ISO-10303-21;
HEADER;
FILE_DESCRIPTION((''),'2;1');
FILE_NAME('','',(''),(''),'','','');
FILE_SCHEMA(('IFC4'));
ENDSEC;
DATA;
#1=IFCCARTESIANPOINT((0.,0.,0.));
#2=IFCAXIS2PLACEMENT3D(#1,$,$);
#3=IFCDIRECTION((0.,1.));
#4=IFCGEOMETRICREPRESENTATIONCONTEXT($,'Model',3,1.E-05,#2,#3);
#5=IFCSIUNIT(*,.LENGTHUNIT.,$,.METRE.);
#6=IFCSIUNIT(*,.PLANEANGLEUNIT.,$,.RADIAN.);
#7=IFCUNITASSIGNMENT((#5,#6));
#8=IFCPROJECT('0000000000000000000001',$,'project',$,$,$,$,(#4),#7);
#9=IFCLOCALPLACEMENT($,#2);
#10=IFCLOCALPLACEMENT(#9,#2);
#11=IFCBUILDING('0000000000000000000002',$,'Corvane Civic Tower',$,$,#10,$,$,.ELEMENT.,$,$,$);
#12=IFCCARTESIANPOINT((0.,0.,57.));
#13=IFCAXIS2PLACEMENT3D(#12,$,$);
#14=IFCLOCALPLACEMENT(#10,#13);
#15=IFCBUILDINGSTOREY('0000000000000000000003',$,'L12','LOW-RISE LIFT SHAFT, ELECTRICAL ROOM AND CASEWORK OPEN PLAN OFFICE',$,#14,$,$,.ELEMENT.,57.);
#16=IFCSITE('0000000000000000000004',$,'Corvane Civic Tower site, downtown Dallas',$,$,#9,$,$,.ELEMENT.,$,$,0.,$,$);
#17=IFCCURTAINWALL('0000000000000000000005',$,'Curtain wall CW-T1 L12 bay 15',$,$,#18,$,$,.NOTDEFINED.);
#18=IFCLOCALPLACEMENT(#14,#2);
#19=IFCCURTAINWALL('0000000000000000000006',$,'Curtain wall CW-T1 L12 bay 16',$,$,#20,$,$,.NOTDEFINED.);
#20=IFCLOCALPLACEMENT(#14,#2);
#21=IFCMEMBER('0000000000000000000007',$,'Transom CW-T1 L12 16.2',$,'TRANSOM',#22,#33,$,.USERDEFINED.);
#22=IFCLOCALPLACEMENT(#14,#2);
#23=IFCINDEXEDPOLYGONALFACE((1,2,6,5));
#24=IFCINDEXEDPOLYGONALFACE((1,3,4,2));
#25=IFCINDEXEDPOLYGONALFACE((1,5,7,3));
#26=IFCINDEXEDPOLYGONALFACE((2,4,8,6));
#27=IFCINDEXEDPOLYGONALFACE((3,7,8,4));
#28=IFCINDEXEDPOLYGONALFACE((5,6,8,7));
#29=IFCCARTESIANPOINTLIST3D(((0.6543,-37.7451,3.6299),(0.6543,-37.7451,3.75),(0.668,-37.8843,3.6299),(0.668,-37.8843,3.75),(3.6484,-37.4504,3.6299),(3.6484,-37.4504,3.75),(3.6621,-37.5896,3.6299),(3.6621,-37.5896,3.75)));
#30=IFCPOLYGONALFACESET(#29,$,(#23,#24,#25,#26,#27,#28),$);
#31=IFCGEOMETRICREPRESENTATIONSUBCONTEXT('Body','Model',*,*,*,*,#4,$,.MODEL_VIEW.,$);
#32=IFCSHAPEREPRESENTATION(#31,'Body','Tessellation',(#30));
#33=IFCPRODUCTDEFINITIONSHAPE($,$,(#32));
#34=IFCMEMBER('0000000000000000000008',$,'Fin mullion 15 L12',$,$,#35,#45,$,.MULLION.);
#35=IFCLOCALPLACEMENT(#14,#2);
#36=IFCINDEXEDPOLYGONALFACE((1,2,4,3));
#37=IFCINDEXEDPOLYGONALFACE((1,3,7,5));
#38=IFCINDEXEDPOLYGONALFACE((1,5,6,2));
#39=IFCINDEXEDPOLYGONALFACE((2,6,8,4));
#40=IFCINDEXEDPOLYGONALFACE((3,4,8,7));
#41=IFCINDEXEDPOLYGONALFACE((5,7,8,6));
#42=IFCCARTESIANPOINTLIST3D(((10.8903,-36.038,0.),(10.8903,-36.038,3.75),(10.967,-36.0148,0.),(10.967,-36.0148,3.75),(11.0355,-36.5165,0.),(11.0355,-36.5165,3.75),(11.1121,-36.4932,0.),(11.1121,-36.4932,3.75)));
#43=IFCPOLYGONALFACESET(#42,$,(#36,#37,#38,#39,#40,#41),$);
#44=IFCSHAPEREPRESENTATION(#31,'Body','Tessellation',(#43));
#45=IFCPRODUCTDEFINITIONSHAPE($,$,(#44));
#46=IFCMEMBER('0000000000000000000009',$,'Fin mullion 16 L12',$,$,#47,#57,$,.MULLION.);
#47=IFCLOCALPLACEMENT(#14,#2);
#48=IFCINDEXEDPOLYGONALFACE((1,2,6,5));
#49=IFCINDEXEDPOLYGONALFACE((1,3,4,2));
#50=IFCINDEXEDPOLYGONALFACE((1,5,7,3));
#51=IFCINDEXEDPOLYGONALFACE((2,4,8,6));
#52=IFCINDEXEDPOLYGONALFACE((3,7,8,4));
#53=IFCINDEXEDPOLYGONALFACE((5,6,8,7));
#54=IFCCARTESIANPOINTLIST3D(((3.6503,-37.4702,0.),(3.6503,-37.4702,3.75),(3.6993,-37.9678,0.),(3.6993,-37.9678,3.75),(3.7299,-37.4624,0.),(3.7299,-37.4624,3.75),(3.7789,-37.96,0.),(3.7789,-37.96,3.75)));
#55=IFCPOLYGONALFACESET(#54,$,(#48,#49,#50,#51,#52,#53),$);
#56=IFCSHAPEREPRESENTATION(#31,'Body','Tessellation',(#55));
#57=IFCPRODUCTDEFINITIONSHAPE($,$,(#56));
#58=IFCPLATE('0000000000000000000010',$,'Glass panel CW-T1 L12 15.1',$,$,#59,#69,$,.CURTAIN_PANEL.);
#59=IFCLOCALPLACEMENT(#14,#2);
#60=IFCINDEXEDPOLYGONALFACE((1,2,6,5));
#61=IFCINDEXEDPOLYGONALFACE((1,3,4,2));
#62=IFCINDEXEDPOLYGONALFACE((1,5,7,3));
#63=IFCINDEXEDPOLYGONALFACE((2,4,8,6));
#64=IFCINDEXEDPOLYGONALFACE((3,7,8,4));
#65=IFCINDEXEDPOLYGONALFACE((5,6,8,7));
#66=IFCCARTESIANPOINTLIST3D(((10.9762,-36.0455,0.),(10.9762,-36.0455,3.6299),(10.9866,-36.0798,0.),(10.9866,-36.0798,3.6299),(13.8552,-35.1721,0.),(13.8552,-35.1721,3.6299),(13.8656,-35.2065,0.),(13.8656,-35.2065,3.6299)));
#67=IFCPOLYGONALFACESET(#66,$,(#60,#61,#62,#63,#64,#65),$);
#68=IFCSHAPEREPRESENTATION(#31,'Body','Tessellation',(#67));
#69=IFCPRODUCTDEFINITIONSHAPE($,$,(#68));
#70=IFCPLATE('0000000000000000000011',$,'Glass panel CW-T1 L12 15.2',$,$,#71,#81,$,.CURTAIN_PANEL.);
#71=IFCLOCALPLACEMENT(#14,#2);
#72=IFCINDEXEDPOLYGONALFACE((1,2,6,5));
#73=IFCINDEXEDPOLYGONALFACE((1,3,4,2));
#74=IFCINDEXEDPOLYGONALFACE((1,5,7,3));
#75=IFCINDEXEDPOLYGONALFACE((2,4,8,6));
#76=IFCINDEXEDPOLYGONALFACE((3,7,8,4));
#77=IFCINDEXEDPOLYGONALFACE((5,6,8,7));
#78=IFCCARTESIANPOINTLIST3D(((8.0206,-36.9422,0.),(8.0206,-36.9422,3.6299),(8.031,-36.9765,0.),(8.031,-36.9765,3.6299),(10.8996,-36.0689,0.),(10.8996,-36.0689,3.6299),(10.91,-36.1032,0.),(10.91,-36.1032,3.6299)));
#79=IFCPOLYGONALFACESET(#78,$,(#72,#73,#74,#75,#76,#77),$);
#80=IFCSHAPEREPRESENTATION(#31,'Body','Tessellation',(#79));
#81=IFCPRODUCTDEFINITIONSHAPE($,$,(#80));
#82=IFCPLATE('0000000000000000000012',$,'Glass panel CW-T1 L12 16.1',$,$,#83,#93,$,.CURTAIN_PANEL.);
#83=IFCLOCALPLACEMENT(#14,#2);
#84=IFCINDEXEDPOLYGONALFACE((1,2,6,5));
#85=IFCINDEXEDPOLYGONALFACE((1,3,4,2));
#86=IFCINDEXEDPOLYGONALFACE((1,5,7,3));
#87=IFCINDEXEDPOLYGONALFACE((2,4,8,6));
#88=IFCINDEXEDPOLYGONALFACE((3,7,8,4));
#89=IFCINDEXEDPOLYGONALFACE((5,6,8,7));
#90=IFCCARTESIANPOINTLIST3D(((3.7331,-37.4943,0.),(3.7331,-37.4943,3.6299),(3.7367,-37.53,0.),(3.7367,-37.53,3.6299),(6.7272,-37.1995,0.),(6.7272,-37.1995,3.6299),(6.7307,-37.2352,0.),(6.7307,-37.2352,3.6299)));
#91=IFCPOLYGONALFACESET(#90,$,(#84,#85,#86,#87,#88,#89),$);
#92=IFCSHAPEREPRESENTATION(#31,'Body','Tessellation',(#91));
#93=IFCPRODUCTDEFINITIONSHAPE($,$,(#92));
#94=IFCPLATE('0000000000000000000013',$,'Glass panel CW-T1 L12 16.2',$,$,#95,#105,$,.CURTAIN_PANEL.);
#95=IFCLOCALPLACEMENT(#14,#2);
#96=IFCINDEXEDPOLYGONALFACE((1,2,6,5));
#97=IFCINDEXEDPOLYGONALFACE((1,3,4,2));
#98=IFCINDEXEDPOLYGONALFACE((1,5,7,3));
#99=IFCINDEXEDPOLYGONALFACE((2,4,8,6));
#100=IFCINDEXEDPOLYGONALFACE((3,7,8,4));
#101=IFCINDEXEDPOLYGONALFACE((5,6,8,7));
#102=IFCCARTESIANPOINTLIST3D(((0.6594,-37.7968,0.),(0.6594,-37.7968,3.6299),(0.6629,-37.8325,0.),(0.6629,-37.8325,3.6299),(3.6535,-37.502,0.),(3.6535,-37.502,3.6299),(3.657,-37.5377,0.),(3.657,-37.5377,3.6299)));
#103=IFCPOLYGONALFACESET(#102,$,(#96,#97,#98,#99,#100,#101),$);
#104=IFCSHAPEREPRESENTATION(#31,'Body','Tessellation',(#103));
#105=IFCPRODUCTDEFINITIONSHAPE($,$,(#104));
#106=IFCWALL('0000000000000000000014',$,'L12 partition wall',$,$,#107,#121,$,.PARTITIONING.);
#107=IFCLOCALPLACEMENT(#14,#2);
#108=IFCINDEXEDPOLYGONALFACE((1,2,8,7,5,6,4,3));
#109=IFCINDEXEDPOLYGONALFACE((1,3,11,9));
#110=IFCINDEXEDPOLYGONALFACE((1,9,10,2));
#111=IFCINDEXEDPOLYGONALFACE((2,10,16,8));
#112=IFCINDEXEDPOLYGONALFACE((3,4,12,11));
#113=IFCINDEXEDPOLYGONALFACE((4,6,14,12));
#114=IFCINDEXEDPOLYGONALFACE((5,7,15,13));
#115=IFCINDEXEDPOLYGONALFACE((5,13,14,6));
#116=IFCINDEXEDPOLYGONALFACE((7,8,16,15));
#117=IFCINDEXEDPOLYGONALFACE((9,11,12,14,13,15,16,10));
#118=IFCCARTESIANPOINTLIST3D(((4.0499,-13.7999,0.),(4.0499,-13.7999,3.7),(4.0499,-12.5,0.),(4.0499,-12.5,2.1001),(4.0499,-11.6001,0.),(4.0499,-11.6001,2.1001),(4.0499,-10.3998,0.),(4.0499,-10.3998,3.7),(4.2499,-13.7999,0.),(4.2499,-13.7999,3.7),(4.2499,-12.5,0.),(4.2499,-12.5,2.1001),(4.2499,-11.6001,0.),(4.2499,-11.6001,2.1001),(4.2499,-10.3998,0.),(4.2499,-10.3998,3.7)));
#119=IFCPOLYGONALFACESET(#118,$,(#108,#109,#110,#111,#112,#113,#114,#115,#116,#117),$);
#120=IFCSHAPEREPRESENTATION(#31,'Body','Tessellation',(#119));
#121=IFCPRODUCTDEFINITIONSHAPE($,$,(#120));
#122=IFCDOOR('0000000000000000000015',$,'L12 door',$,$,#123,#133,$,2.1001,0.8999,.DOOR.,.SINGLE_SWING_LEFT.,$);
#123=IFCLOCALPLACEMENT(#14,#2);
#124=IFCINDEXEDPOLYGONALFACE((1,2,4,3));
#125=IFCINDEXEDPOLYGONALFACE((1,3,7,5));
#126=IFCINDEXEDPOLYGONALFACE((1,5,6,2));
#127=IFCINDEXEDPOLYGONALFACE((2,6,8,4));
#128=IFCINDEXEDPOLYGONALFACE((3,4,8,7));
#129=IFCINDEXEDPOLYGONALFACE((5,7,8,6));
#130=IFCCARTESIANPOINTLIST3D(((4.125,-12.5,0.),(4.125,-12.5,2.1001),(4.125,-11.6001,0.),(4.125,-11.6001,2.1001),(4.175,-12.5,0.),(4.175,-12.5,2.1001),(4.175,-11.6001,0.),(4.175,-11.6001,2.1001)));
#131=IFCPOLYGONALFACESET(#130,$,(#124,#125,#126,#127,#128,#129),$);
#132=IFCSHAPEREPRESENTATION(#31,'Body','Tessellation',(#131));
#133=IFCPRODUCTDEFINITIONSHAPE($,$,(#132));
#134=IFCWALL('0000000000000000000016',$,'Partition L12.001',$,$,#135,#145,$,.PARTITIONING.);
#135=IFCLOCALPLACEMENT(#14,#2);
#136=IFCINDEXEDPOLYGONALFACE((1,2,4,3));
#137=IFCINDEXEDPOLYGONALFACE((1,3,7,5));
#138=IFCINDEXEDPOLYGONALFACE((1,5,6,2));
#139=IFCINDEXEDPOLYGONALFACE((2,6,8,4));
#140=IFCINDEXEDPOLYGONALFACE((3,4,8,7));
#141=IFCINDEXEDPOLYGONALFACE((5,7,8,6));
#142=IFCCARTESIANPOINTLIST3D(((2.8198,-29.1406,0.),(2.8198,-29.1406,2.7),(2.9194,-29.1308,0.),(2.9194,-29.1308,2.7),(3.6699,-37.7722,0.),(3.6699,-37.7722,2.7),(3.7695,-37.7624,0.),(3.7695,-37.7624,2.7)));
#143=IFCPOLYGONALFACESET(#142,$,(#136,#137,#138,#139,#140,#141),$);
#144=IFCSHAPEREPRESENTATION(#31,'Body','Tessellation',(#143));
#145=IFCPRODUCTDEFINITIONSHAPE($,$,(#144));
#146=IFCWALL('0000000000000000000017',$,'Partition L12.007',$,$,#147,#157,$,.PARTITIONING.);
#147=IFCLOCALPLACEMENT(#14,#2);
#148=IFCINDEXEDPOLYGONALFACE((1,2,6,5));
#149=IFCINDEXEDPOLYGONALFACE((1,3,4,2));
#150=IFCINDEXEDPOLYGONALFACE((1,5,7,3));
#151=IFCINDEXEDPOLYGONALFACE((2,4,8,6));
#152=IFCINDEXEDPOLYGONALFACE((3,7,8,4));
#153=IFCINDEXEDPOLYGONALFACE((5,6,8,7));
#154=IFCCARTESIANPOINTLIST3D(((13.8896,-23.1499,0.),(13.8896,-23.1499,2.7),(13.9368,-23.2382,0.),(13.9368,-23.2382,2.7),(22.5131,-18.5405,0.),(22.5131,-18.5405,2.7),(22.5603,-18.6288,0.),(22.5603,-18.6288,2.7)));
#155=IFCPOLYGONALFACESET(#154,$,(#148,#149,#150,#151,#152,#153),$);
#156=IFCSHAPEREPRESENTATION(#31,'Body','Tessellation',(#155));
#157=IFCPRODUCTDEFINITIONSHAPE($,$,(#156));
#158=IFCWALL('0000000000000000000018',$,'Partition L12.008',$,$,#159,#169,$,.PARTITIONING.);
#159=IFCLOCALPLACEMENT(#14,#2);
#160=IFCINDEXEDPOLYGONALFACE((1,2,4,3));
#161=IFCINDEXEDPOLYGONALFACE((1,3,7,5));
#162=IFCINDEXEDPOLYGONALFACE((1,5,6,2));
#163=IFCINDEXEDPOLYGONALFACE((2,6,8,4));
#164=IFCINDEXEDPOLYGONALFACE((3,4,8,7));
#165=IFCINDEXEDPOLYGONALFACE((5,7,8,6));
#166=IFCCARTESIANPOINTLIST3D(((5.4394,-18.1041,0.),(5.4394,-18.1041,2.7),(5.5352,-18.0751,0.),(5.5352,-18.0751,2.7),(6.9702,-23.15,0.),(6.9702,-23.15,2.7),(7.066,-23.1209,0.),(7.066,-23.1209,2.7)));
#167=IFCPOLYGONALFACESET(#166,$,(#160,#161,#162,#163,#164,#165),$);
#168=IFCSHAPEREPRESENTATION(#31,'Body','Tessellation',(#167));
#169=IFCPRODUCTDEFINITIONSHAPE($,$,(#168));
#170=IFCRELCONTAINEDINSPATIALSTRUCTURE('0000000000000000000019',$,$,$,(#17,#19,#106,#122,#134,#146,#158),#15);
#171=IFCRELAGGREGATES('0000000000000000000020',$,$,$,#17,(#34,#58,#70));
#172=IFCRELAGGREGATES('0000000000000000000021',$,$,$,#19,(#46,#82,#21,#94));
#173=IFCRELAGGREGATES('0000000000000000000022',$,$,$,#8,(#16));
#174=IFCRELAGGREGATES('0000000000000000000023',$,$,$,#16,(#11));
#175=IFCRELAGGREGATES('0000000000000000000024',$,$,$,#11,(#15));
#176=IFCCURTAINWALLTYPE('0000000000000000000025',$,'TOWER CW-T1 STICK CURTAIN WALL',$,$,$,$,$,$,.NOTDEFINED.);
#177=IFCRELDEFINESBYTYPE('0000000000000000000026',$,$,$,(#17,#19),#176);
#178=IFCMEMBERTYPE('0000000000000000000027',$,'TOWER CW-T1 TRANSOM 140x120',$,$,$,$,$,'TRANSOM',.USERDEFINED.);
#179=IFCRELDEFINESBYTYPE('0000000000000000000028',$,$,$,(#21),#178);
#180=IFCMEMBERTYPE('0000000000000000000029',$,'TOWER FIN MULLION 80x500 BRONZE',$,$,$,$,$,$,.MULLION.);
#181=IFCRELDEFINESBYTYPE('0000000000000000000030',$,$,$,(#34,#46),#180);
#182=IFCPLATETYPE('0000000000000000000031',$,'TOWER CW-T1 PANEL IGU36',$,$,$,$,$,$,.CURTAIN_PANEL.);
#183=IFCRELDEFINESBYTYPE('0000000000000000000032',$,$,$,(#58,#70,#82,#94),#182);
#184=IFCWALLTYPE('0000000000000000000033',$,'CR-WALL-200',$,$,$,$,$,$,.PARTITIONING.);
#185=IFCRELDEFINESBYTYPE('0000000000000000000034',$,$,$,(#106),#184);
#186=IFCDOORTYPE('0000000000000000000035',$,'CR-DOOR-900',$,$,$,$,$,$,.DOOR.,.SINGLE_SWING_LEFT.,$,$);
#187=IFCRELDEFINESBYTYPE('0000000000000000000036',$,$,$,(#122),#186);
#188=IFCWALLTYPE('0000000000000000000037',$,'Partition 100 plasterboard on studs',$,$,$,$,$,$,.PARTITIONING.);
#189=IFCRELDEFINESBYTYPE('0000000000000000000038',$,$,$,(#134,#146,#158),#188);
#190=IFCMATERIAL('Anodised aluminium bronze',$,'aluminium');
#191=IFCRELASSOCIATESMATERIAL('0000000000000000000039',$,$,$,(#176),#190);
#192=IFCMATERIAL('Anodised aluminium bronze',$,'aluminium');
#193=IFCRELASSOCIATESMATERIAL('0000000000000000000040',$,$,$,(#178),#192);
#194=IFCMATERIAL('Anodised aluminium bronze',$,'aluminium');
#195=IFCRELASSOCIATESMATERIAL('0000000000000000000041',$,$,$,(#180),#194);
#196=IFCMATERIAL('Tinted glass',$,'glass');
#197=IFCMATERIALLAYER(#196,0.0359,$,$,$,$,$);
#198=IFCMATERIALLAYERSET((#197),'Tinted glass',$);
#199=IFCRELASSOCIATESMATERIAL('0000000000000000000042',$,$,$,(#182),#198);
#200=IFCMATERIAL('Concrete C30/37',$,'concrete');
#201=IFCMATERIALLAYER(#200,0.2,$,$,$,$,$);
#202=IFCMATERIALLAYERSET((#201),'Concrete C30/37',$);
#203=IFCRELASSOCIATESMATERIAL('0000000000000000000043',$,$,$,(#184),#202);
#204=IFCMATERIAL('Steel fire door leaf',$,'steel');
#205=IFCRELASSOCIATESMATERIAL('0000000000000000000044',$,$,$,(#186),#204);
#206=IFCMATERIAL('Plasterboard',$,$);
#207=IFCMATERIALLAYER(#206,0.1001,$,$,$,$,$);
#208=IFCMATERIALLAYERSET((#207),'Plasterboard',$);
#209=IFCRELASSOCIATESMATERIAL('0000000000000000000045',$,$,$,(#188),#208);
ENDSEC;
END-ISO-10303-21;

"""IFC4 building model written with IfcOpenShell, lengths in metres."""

from ifc_helpers import new_model, si_unit, direction, frame, frame_2d, origin, origin_2d, place, context, subcontext, project, spatial, rectangle, extrude, material, layer, layer_set, material_profile, profile_set, type_object, element, fill, aggregate, save


model = new_model("IFC4")

# Units and contexts
model_context = context("Model", 3, precision=1e-05, world=origin(), true_north=direction((0.0, 1.0)))
body_context = subcontext(model_context, "Body", "Model", "MODEL_VIEW")
ifc_project = project(units=[si_unit("LENGTHUNIT", "METRE"), si_unit("PLANEANGLEUNIT", "RADIAN")], contexts=[model_context])

# Site, building, storey
site_placement = place(None, origin())
site = spatial("IfcSite", under=ifc_project, at=site_placement, Name="Corvane Civic Tower site, downtown Dallas", CompositionType="ELEMENT", RefElevation=0.0)
building_placement = place(site_placement, origin())
building = spatial("IfcBuilding", under=site, at=building_placement, Name="Corvane Civic Tower", CompositionType="ELEMENT")
storey_placement = place(building_placement, frame((0.0, 0.0, 57.0)))
storey = spatial("IfcBuildingStorey", under=building, at=storey_placement, Name="L12", Description="LOW-RISE LIFT SHAFT, ELECTRICAL ROOM AND CASEWORK OPEN PLAN OFFICE", CompositionType="ELEMENT", Elevation=57.0)

# Curtain walls, member
ifc_material_1 = material(Name="Anodised aluminium bronze", Category="aluminium")
curtain_wall_type = type_object("IfcCurtainWallType", Name="TOWER CW-T1 STICK CURTAIN WALL", PredefinedType="NOTDEFINED", material=ifc_material_1)
curtain_wall_1_placement = place(storey_placement, origin())
curtain_wall_1 = element("IfcCurtainWall", 1, at=curtain_wall_1_placement, inside=storey, type_object=curtain_wall_type, Name="Curtain wall CW-T1 L12 bay 15", PredefinedType="NOTDEFINED")
ifc_material_2 = material(Name="Anodised aluminium bronze", Category="aluminium")
ifc_material_profile_1 = material_profile(ifc_material_2, rectangle(XDim=0.1399, YDim=0.1201, at=origin_2d()), Name="TOWER CW-T1 TRANSOM 140x120")
ifc_profile_set_1 = profile_set([ifc_material_profile_1], Name="Anodised aluminium bronze")
member_type_1 = type_object("IfcMemberType", Name="TOWER CW-T1 TRANSOM 140x120", ElementType="TRANSOM", PredefinedType="USERDEFINED", material=ifc_profile_set_1)
curtain_wall_2_placement = place(storey_placement, origin())
curtain_wall_2 = element("IfcCurtainWall", 2, at=curtain_wall_2_placement, inside=storey, type_object=curtain_wall_type, Name="Curtain wall CW-T1 L12 bay 16", PredefinedType="NOTDEFINED")
member_1_placement = place(storey_placement, frame((3.6553, -37.52, 3.6899), z_axis=(-0.995192, -0.097945, 0.0), x_axis=(0.097945, -0.995192, 0.0)))
member_1 = element("IfcMember", 3, at=member_1_placement, type_object=member_type_1, Name="Transom CW-T1 L12 16.2", ObjectType="TRANSOM", PredefinedType="USERDEFINED", context=body_context, shape_type="SweptSolid", body=[
    extrude(rectangle(XDim=0.1399, YDim=0.1201, at=origin_2d()), origin(), (0.0, 0.0, 1.0), 3.0085),
])

# Members
ifc_material_3 = material(Name="Anodised aluminium bronze", Category="aluminium")
ifc_material_profile_2 = material_profile(ifc_material_3, rectangle(XDim=0.0801, YDim=0.5, at=origin_2d()), Name="TOWER FIN MULLION 80x500 BRONZE")
ifc_profile_set_2 = profile_set([ifc_material_profile_2], Name="Anodised aluminium bronze")
member_type_2 = type_object("IfcMemberType", Name="TOWER FIN MULLION 80x500 BRONZE", PredefinedType="MULLION", material=ifc_profile_set_2)
member_2_placement = place(storey_placement, frame((11.0012, -36.2656, 0.0), z_axis=(0.0, 0.0, 1.0), x_axis=(-0.956942, -0.290278, 0.0)))
member_2 = element("IfcMember", 4, at=member_2_placement, type_object=member_type_2, Name="Fin mullion 15 L12", PredefinedType="MULLION", context=body_context, shape_type="SweptSolid", body=[
    extrude(rectangle(XDim=0.0801, YDim=0.5, at=origin_2d()), origin(), (0.0, 0.0, 1.0), 3.75),
])
member_3_placement = place(storey_placement, frame((3.7146, -37.7151, 0.0), z_axis=(0.0, 0.0, 1.0), x_axis=(-0.995186, -0.098006, 0.0)))
member_3 = element("IfcMember", 5, at=member_3_placement, type_object=member_type_2, Name="Fin mullion 16 L12", PredefinedType="MULLION", context=body_context, shape_type="SweptSolid", body=[
    extrude(rectangle(XDim=0.0801, YDim=0.5, at=origin_2d()), origin(), (0.0, 0.0, 1.0), 3.75),
])

# Plates
ifc_material_4 = material(Name="Tinted glass", Category="glass")
ifc_layer_1 = layer(ifc_material_4, 0.0359)
ifc_layer_set_1 = layer_set([ifc_layer_1], Name="Tinted glass")
plate_type = type_object("IfcPlateType", Name="TOWER CW-T1 PANEL IGU36", PredefinedType="CURTAIN_PANEL", material=ifc_layer_set_1)
plate_1_placement = place(storey_placement, frame((12.4209, -35.626, 0.0), z_axis=(0.0, 0.0, 1.0), x_axis=(-0.956942, -0.290278, 0.0)))
plate_1 = element("IfcPlate", 6, at=plate_1_placement, type_object=plate_type, Name="Glass panel CW-T1 L12 15.1", PredefinedType="CURTAIN_PANEL", context=body_context, shape_type="SweptSolid", body=[
    extrude(rectangle(XDim=3.0085, YDim=0.0359, at=origin_2d()), origin(), (0.0, 0.0, 1.0), 3.6299),
])
plate_2_placement = place(storey_placement, frame((9.4653, -36.5227, 0.0), z_axis=(0.0, 0.0, 1.0), x_axis=(-0.956942, -0.290278, 0.0)))
plate_2 = element("IfcPlate", 7, at=plate_2_placement, type_object=plate_type, Name="Glass panel CW-T1 L12 15.2", PredefinedType="CURTAIN_PANEL", context=body_context, shape_type="SweptSolid", body=[
    extrude(rectangle(XDim=3.0085, YDim=0.0359, at=origin_2d()), origin(), (0.0, 0.0, 1.0), 3.6299),
])
aggregate(curtain_wall_1, [member_2, plate_1, plate_2])
plate_3_placement = place(storey_placement, frame((5.2319, -37.3647, 0.0), z_axis=(0.0, 0.0, 1.0), x_axis=(-0.995186, -0.098006, 0.0)))
plate_3 = element("IfcPlate", 8, at=plate_3_placement, type_object=plate_type, Name="Glass panel CW-T1 L12 16.1", PredefinedType="CURTAIN_PANEL", context=body_context, shape_type="SweptSolid", body=[
    extrude(rectangle(XDim=3.0085, YDim=0.0359, at=origin_2d()), origin(), (0.0, 0.0, 1.0), 3.6299),
])
plate_4_placement = place(storey_placement, frame((2.1582, -37.6672, 0.0), z_axis=(0.0, 0.0, 1.0), x_axis=(-0.995186, -0.098006, 0.0)))
plate_4 = element("IfcPlate", 9, at=plate_4_placement, type_object=plate_type, Name="Glass panel CW-T1 L12 16.2", PredefinedType="CURTAIN_PANEL", context=body_context, shape_type="SweptSolid", body=[
    extrude(rectangle(XDim=3.0085, YDim=0.0359, at=origin_2d()), origin(), (0.0, 0.0, 1.0), 3.6299),
])
aggregate(curtain_wall_2, [member_3, plate_3, member_1, plate_4])

# Wall, opening, door
ifc_material_5 = material(Name="Concrete C30/37", Category="concrete")
ifc_layer_2 = layer(ifc_material_5, 0.2)
ifc_layer_set_2 = layer_set([ifc_layer_2], Name="Concrete C30/37")
wall_type_1 = type_object("IfcWallType", Name="CR-WALL-200", PredefinedType="PARTITIONING", material=ifc_layer_set_2)
wall_1_placement = place(storey_placement, frame((4.1499, -13.8, 0.0), z_axis=(0.0, 0.0, 1.0), x_axis=(0.0, 1.0, 0.0)))
wall_1 = element("IfcWall", 10, at=wall_1_placement, inside=storey, type_object=wall_type_1, Name="L12 partition wall", PredefinedType="PARTITIONING", context=body_context, shape_type="SweptSolid", body=[
    extrude(rectangle(XDim=3.4001, YDim=0.2, at=frame_2d((1.7002, 0.0))), origin(), (0.0, 0.0, 1.0), 3.7),
])
opening_placement = place(wall_1_placement, frame((1.3, 0.0, 0.0)))
opening = element("IfcOpeningElement", 11, at=opening_placement, cuts=wall_1, PredefinedType="OPENING", context=body_context, shape_type="SweptSolid", body=[
    extrude(rectangle(XDim=0.8999, YDim=2.1001, at=frame_2d((0.45, 1.05))), frame((0.0, 0.1099, 0.0), z_axis=(0.0, -1.0, 0.0), x_axis=(1.0, 0.0, 0.0)), (0.0, 0.0, 1.0), 0.22),
])
ifc_material_6 = material(Name="Steel fire door leaf", Category="steel")
door_type = type_object("IfcDoorType", Name="CR-DOOR-900", OperationType="SINGLE_SWING_LEFT", PredefinedType="DOOR", material=ifc_material_6)
door_placement = place(opening_placement, origin())
door = element("IfcDoor", 12, at=door_placement, inside=storey, type_object=door_type, Name="L12 door", OperationType="SINGLE_SWING_LEFT", OverallHeight=2.1001, OverallWidth=0.8999, PredefinedType="DOOR", context=body_context, shape_type="SweptSolid", body=[
    extrude(rectangle(XDim=0.8999, YDim=2.1001, at=frame_2d((0.45, 1.05))), frame((0.0, 0.0249, 0.0), z_axis=(0.0, -1.0, 0.0), x_axis=(1.0, 0.0, 0.0)), (0.0, 0.0, 1.0), 0.05),
])
fill(opening, door)

# Walls
ifc_material_7 = material(Name="Plasterboard")
ifc_layer_3 = layer(ifc_material_7, 0.1001)
ifc_layer_set_3 = layer_set([ifc_layer_3], Name="Plasterboard")
wall_type_2 = type_object("IfcWallType", Name="Partition 100 plasterboard on studs", PredefinedType="PARTITIONING", material=ifc_layer_set_3)
wall_2_placement = place(storey_placement, frame((2.8696, -29.1357, 0.0), z_axis=(0.0, 0.0, 1.0), x_axis=(0.098013, -0.995185, 0.0)))
element("IfcWall", 13, at=wall_2_placement, inside=storey, type_object=wall_type_2, Name="Partition L12.001", PredefinedType="PARTITIONING", context=body_context, shape_type="SweptSolid", body=[
    extrude(rectangle(XDim=8.6733, YDim=0.1001, at=frame_2d((4.3367, 0.0))), origin(), (0.0, 0.0, 1.0), 2.7),
])
wall_3_placement = place(storey_placement, frame((13.9131, -23.1941, 0.0), z_axis=(0.0, 0.0, 1.0), x_axis=(0.881921, 0.471397, 0.0)))
element("IfcWall", 14, at=wall_3_placement, inside=storey, type_object=wall_type_2, Name="Partition L12.007", PredefinedType="PARTITIONING", context=body_context, shape_type="SweptSolid", body=[
    extrude(rectangle(XDim=9.7781, YDim=0.1001, at=frame_2d((4.8892, 0.0))), origin(), (0.0, 0.0, 1.0), 2.7),
])
wall_4_placement = place(storey_placement, frame((5.4873, -18.0896, 0.0), z_axis=(0.0, 0.0, 1.0), x_axis=(0.290303, -0.956935, 0.0)))
element("IfcWall", 15, at=wall_4_placement, inside=storey, type_object=wall_type_2, Name="Partition L12.008", PredefinedType="PARTITIONING", context=body_context, shape_type="SweptSolid", body=[
    extrude(rectangle(XDim=5.2729, YDim=0.1001, at=frame_2d((2.6365, 0.0))), origin(), (0.0, 0.0, 1.0), 2.7),
])

save(model, "model.ifc")
